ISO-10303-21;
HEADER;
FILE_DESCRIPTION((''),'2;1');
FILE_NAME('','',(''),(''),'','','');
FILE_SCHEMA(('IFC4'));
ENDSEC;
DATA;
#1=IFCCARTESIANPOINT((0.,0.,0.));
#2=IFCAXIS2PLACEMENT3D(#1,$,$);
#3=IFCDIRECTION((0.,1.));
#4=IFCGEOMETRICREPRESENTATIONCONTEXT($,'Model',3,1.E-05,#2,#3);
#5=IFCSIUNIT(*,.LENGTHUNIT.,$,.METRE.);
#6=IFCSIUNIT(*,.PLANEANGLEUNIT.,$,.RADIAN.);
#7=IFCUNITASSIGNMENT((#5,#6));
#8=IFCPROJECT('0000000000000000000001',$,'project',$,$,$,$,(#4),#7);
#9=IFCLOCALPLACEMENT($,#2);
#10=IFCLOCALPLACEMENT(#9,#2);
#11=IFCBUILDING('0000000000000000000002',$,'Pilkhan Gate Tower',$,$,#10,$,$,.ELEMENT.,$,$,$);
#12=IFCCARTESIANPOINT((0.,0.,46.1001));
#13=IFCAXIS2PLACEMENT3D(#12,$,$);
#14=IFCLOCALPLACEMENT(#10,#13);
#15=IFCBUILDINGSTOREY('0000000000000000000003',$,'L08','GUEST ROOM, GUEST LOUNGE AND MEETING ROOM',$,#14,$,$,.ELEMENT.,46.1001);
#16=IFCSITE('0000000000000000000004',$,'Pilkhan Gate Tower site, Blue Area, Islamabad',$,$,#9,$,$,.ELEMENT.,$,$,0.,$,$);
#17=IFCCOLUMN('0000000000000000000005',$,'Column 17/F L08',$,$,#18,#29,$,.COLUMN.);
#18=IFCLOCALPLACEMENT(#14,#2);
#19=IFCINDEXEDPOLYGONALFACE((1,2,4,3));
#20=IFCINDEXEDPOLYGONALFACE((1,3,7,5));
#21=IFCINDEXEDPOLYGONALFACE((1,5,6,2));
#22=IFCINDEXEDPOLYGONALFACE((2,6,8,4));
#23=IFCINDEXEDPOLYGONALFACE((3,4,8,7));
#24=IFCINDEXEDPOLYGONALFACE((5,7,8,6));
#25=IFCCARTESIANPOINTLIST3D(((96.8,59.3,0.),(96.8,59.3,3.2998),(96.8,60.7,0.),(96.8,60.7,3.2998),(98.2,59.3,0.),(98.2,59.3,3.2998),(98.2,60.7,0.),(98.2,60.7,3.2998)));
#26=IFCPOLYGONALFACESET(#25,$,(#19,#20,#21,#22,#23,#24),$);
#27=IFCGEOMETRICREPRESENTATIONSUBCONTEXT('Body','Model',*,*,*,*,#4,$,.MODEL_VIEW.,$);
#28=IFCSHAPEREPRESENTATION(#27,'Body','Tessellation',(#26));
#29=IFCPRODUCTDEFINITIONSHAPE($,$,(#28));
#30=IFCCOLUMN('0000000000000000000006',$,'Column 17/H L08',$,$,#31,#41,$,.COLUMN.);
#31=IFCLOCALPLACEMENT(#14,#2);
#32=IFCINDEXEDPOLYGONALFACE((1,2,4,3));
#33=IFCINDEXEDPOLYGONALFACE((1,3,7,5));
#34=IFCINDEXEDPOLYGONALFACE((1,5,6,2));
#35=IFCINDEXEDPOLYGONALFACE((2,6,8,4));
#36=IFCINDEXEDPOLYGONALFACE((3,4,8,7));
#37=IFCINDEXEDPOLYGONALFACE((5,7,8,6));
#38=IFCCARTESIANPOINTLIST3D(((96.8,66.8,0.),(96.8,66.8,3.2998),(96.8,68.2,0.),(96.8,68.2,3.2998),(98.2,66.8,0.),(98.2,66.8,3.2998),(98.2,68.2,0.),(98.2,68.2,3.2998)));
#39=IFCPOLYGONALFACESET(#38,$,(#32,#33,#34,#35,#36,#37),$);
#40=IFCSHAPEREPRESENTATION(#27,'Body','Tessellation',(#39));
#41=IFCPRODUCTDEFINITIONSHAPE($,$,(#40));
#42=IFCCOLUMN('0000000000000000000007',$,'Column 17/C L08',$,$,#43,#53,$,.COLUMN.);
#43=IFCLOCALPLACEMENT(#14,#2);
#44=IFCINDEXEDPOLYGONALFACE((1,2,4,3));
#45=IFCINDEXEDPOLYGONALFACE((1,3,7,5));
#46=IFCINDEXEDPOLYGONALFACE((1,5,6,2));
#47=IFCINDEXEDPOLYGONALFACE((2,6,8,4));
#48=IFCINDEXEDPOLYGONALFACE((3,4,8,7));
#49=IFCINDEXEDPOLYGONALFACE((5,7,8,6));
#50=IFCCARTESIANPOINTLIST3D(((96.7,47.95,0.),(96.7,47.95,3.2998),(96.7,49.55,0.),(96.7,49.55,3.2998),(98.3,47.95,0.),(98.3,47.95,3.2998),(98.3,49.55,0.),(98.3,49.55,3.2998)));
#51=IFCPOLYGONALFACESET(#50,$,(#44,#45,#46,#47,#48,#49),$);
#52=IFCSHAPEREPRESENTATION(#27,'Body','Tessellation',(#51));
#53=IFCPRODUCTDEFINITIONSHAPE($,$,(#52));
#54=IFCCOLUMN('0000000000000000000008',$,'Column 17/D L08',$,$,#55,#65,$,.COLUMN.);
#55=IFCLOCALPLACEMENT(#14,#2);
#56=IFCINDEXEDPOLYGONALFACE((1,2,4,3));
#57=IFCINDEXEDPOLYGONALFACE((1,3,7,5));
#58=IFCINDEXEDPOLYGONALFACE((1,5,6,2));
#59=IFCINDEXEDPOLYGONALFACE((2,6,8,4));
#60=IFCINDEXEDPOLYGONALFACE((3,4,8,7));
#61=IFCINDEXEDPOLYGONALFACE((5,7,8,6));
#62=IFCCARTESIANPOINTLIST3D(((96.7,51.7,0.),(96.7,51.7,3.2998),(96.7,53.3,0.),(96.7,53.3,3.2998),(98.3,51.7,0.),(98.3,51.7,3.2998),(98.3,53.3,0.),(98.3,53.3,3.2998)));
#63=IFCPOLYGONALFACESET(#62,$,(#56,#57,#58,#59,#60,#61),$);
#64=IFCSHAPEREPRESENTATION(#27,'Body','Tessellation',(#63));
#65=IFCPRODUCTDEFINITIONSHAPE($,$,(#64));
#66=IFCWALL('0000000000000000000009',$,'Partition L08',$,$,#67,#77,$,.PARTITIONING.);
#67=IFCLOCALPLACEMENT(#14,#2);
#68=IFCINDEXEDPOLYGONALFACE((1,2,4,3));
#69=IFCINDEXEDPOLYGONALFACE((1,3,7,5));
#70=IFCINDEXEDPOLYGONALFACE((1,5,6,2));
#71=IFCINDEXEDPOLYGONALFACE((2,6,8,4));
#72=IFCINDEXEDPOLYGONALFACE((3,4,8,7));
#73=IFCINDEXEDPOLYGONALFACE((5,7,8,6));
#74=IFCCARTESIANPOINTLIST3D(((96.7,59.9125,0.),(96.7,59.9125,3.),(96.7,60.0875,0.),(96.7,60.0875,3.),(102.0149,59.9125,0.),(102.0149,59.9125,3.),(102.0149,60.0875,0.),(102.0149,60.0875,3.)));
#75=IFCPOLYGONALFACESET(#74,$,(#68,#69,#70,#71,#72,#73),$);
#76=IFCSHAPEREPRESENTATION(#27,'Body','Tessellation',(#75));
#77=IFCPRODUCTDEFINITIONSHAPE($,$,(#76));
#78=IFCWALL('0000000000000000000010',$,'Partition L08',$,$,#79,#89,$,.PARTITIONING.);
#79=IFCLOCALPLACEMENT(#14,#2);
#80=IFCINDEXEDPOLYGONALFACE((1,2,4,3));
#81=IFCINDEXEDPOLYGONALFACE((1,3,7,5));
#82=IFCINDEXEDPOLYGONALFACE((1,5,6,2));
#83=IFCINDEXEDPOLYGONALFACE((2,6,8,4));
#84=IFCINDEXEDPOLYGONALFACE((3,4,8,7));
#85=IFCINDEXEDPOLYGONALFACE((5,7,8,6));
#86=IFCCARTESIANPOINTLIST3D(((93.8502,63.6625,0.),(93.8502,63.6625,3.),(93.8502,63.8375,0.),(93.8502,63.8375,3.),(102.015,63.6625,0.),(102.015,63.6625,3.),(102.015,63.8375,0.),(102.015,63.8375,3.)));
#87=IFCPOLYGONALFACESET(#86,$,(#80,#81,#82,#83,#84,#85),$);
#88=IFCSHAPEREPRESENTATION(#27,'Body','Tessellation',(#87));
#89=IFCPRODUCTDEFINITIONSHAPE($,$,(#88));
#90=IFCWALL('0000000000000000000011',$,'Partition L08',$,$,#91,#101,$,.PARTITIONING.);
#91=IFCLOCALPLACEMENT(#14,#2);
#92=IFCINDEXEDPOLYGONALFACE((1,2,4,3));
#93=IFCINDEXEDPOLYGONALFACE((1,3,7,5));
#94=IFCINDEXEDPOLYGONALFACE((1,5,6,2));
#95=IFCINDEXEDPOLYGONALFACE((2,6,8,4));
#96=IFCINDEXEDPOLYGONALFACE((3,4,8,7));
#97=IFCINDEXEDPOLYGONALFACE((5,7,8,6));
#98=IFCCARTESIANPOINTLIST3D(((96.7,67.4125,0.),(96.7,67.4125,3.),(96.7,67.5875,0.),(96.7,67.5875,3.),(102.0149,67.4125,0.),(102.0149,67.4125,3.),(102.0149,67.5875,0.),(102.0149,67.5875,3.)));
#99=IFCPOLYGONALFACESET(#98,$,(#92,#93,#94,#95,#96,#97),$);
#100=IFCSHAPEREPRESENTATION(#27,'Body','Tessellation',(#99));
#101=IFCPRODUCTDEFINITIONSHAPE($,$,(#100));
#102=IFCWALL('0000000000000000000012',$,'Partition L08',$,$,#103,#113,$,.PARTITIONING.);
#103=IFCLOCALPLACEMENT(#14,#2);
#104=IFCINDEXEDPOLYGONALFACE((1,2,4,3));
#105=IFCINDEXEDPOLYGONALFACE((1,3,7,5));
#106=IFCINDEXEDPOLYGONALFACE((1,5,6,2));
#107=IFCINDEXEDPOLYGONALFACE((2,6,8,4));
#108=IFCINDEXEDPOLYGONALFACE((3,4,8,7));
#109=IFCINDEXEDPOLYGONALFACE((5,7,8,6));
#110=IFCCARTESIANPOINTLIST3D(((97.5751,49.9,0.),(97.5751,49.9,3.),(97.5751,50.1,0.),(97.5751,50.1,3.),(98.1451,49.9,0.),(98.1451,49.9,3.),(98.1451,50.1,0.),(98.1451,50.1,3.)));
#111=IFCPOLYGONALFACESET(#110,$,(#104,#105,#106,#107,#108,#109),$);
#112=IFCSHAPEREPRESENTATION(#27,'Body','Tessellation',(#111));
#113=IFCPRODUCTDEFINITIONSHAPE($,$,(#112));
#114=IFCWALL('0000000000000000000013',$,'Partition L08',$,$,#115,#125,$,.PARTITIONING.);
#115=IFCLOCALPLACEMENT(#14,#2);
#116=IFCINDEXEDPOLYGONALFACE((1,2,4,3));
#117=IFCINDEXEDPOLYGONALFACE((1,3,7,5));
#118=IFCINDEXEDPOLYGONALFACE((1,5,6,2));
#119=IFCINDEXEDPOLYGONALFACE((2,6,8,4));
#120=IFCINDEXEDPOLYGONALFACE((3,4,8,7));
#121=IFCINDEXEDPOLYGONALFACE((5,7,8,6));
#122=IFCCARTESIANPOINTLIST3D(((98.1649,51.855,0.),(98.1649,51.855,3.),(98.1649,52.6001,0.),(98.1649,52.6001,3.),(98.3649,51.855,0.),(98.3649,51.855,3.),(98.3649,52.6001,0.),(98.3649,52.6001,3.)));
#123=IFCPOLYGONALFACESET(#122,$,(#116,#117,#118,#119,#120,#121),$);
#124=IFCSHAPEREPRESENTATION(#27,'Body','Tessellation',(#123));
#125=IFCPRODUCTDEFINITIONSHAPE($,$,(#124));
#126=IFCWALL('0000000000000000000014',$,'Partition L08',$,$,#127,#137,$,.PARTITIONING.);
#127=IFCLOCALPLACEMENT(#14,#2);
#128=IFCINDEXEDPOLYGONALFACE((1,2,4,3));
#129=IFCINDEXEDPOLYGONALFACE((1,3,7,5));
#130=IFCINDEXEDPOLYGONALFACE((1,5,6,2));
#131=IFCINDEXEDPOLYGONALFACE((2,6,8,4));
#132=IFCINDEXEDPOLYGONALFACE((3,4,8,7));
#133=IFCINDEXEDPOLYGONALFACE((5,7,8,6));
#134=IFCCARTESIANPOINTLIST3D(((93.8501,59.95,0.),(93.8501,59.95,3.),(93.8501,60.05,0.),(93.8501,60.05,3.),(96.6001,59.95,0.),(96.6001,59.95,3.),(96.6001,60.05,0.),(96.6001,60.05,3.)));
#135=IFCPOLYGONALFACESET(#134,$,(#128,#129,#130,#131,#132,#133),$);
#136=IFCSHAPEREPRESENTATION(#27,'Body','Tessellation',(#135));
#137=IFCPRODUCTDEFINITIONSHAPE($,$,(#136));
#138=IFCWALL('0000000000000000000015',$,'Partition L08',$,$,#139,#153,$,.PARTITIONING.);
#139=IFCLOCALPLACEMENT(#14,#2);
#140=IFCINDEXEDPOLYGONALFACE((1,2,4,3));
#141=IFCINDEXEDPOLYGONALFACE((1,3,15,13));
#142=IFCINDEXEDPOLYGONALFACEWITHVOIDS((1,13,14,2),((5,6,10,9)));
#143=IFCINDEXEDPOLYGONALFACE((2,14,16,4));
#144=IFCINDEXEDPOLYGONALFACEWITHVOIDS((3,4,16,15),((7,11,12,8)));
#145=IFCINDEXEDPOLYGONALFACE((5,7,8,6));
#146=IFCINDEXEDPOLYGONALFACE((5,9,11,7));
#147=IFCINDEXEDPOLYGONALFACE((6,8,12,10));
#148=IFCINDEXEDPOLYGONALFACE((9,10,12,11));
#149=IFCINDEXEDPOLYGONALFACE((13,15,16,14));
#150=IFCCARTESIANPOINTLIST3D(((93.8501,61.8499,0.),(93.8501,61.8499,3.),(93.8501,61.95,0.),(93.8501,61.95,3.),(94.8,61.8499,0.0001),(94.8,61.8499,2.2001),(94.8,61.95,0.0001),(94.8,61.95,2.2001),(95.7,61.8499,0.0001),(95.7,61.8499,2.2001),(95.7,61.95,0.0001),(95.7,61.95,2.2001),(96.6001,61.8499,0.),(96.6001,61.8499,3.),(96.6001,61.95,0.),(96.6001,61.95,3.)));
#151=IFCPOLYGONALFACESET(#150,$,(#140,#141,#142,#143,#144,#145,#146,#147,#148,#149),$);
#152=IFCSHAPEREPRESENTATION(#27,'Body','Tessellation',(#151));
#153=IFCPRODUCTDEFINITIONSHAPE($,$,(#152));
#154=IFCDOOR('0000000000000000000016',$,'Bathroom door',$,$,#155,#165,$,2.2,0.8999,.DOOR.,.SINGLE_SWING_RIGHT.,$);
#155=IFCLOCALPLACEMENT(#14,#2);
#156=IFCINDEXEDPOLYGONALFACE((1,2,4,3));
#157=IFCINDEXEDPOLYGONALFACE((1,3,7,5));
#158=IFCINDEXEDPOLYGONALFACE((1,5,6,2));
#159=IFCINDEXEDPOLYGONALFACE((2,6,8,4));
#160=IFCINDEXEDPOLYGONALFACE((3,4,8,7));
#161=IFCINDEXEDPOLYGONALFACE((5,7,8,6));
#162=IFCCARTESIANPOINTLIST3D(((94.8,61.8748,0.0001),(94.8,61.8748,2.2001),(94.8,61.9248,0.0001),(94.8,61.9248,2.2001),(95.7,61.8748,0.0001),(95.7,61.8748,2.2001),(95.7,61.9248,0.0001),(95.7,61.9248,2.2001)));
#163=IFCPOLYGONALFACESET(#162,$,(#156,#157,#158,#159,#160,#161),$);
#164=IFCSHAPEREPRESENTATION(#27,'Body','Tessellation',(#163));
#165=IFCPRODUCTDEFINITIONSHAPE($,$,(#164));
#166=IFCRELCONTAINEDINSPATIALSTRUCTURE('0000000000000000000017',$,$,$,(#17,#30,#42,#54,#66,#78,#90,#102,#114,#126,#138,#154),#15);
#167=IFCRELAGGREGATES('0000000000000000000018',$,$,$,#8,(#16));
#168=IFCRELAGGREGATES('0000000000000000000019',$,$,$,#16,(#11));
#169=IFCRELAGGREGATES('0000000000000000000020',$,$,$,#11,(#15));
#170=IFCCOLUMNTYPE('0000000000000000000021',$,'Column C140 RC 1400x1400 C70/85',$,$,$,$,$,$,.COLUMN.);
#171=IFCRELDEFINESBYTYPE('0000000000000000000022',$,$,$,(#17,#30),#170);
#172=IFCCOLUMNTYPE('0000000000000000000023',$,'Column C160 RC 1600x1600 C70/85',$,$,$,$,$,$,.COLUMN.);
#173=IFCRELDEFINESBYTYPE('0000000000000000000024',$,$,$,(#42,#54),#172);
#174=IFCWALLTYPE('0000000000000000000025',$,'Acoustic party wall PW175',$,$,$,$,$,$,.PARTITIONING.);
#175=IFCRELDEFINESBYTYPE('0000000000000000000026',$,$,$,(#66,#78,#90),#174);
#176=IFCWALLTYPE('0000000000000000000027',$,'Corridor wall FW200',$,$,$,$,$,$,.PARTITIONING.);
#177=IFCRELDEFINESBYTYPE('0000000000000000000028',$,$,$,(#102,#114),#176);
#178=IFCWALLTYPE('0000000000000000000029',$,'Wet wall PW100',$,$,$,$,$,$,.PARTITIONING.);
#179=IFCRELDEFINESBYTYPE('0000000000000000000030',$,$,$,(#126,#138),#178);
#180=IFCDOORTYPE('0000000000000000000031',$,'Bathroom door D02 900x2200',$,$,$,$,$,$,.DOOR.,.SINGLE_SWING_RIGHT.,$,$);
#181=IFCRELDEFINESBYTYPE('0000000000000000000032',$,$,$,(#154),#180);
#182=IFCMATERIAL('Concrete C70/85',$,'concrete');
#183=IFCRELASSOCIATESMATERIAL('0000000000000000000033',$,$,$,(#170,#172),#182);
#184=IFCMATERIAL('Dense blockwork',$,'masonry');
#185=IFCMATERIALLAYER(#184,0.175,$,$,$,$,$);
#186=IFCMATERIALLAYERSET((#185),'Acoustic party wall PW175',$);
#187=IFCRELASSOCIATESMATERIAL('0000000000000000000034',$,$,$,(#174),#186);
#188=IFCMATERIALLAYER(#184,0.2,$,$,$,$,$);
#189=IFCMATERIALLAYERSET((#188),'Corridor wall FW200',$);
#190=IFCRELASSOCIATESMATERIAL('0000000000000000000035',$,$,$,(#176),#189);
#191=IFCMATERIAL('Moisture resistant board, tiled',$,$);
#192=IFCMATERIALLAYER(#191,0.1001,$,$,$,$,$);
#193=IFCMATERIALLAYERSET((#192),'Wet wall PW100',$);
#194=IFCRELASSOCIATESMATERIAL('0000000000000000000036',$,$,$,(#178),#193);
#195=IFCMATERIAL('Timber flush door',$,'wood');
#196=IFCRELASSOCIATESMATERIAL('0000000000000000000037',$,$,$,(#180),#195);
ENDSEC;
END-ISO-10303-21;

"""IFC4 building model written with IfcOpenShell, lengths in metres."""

from ifc_helpers import new_model, si_unit, direction, frame, frame_2d, origin, origin_2d, place, context, subcontext, project, spatial, rectangle, extrude, material, layer, layer_set, material_profile, profile_set, type_object, element, fill, save


model = new_model("IFC4")

# Units and contexts
model_context = context("Model", 3, precision=1e-05, world=origin(), true_north=direction((0.0, 1.0)))
body_context = subcontext(model_context, "Body", "Model", "MODEL_VIEW")
ifc_project = project(units=[si_unit("LENGTHUNIT", "METRE"), si_unit("PLANEANGLEUNIT", "RADIAN")], contexts=[model_context])

# Site, building, storey
site_placement = place(None, origin())
site = spatial("IfcSite", under=ifc_project, at=site_placement, Name="Pilkhan Gate Tower site, Blue Area, Islamabad", CompositionType="ELEMENT", RefElevation=0.0)
building_placement = place(site_placement, origin())
building = spatial("IfcBuilding", under=site, at=building_placement, Name="Pilkhan Gate Tower", CompositionType="ELEMENT")
storey_placement = place(building_placement, frame((0.0, 0.0, 46.1001)))
storey = spatial("IfcBuildingStorey", under=building, at=storey_placement, Name="L08", Description="GUEST ROOM, GUEST LOUNGE AND MEETING ROOM", CompositionType="ELEMENT", Elevation=46.1001)

# Columns
ifc_material_1 = material(Name="Concrete C70/85", Category="concrete")
ifc_material_profile_1 = material_profile(ifc_material_1, rectangle(XDim=1.3999, YDim=1.3999, at=origin_2d()), Name="RC 1400x1400")
ifc_profile_set_1 = profile_set([ifc_material_profile_1], Name="Concrete C70/85")
column_type_1 = type_object("IfcColumnType", Name="Column C140 RC 1400x1400 C70/85", PredefinedType="COLUMN", material=ifc_profile_set_1)
for number, where, z_axis, x_axis, name in (
    (1, (97.5, 60.0, 0.0), (0.0, 0.0, 1.0), (1.0, 0.0, 0.0), "Column 17/F L08"),
    (2, (97.5, 67.5, 0.0), (0.0, 0.0, 1.0), (1.0, 0.0, 0.0), "Column 17/H L08"),
):
    element("IfcColumn", number, at=place(storey_placement, frame(where, z_axis=z_axis, x_axis=x_axis)), inside=storey, type_object=column_type_1, Name=name, PredefinedType="COLUMN", context=body_context, shape_type="SweptSolid", body=[
        extrude(rectangle(XDim=1.3999, YDim=1.3999, at=origin_2d()), origin(), (0.0, 0.0, 1.0), 3.2998),
    ])
ifc_material_profile_2 = material_profile(ifc_material_1, rectangle(XDim=1.6001, YDim=1.6001, at=origin_2d()), Name="RC 1600x1600")
ifc_profile_set_2 = profile_set([ifc_material_profile_2], Name="Concrete C70/85")
column_type_2 = type_object("IfcColumnType", Name="Column C160 RC 1600x1600 C70/85", PredefinedType="COLUMN", material=ifc_profile_set_2)
for number, where, z_axis, x_axis, name in (
    (3, (97.5, 48.75, 0.0), (0.0, 0.0, 1.0), (1.0, 0.0, 0.0), "Column 17/C L08"),
    (4, (97.5, 52.5, 0.0), (0.0, 0.0, 1.0), (1.0, 0.0, 0.0), "Column 17/D L08"),
):
    element("IfcColumn", number, at=place(storey_placement, frame(where, z_axis=z_axis, x_axis=x_axis)), inside=storey, type_object=column_type_2, Name=name, PredefinedType="COLUMN", context=body_context, shape_type="SweptSolid", body=[
        extrude(rectangle(XDim=1.6001, YDim=1.6001, at=origin_2d()), origin(), (0.0, 0.0, 1.0), 3.2998),
    ])

# Walls
ifc_material_2 = material(Name="Dense blockwork", Category="masonry")
ifc_layer_1 = layer(ifc_material_2, 0.175)
ifc_layer_set_1 = layer_set([ifc_layer_1], Name="Acoustic party wall PW175")
wall_type_1 = type_object("IfcWallType", Name="Acoustic party wall PW175", PredefinedType="PARTITIONING", material=ifc_layer_set_1)
wall_1_placement = place(storey_placement, frame((96.7, 60.0, 0.0), z_axis=(0.0, 0.0, 1.0), x_axis=(1.0, 0.0, 0.0)))
element("IfcWall", 5, at=wall_1_placement, inside=storey, type_object=wall_type_1, Name="Partition L08", PredefinedType="PARTITIONING", context=body_context, shape_type="SweptSolid", body=[
    extrude(rectangle(XDim=5.3149, YDim=0.175, at=frame_2d((2.6575, 0.0))), origin(), (0.0, 0.0, 1.0), 3.0),
])
wall_2_placement = place(storey_placement, frame((93.8501, 63.75, 0.0), z_axis=(0.0, 0.0, 1.0), x_axis=(1.0, 0.0, 0.0)))
element("IfcWall", 6, at=wall_2_placement, inside=storey, type_object=wall_type_1, Name="Partition L08", PredefinedType="PARTITIONING", context=body_context, shape_type="SweptSolid", body=[
    extrude(rectangle(XDim=8.1648, YDim=0.175, at=frame_2d((4.0825, 0.0))), origin(), (0.0, 0.0, 1.0), 3.0),
])
wall_3_placement = place(storey_placement, frame((96.7, 67.5, 0.0), z_axis=(0.0, 0.0, 1.0), x_axis=(1.0, 0.0, 0.0)))
element("IfcWall", 7, at=wall_3_placement, inside=storey, type_object=wall_type_1, Name="Partition L08", PredefinedType="PARTITIONING", context=body_context, shape_type="SweptSolid", body=[
    extrude(rectangle(XDim=5.3149, YDim=0.175, at=frame_2d((2.6575, 0.0))), origin(), (0.0, 0.0, 1.0), 3.0),
])
ifc_layer_2 = layer(ifc_material_2, 0.2)
ifc_layer_set_2 = layer_set([ifc_layer_2], Name="Corridor wall FW200")
wall_type_2 = type_object("IfcWallType", Name="Corridor wall FW200", PredefinedType="PARTITIONING", material=ifc_layer_set_2)
wall_4_placement = place(storey_placement, frame((97.575, 50.0, 0.0), z_axis=(0.0, 0.0, 1.0), x_axis=(1.0, 0.0, 0.0)))
element("IfcWall", 8, at=wall_4_placement, inside=storey, type_object=wall_type_2, Name="Partition L08", PredefinedType="PARTITIONING", context=body_context, shape_type="SweptSolid", body=[
    extrude(rectangle(XDim=0.5701, YDim=0.2, at=frame_2d((0.2852, 0.0))), origin(), (0.0, 0.0, 1.0), 3.0),
])
wall_5_placement = place(storey_placement, frame((98.2649, 51.855, 0.0), z_axis=(0.0, 0.0, 1.0), x_axis=(0.0, 1.0, 0.0)))
element("IfcWall", 9, at=wall_5_placement, inside=storey, type_object=wall_type_2, Name="Partition L08", PredefinedType="PARTITIONING", context=body_context, shape_type="SweptSolid", body=[
    extrude(rectangle(XDim=0.7451, YDim=0.2, at=frame_2d((0.3726, 0.0))), origin(), (0.0, 0.0, 1.0), 3.0),
])
ifc_material_3 = material(Name="Moisture resistant board, tiled")
ifc_layer_3 = layer(ifc_material_3, 0.1001)
ifc_layer_set_3 = layer_set([ifc_layer_3], Name="Wet wall PW100")
wall_type_3 = type_object("IfcWallType", Name="Wet wall PW100", PredefinedType="PARTITIONING", material=ifc_layer_set_3)
wall_6_placement = place(storey_placement, frame((93.8501, 60.0, 0.0), z_axis=(0.0, 0.0, 1.0), x_axis=(1.0, 0.0, 0.0)))
element("IfcWall", 10, at=wall_6_placement, inside=storey, type_object=wall_type_3, Name="Partition L08", PredefinedType="PARTITIONING", context=body_context, shape_type="SweptSolid", body=[
    extrude(rectangle(XDim=2.75, YDim=0.1001, at=frame_2d((1.375, 0.0))), origin(), (0.0, 0.0, 1.0), 3.0),
])

# Wall, opening, door
wall_7_placement = place(storey_placement, frame((93.8501, 61.8999, 0.0), z_axis=(0.0, 0.0, 1.0), x_axis=(1.0, 0.0, 0.0)))
wall_7 = element("IfcWall", 11, at=wall_7_placement, inside=storey, type_object=wall_type_3, Name="Partition L08", PredefinedType="PARTITIONING", context=body_context, shape_type="SweptSolid", body=[
    extrude(rectangle(XDim=2.75, YDim=0.1001, at=frame_2d((1.375, 0.0))), origin(), (0.0, 0.0, 1.0), 3.0),
])
opening_1_placement = place(wall_7_placement, frame((0.95, 0.0, 0.0)))
opening_1 = element("IfcOpeningElement", 12, at=opening_1_placement, cuts=wall_7, PredefinedType="OPENING", context=body_context, shape_type="SweptSolid", body=[
    extrude(rectangle(XDim=0.8999, YDim=2.2, at=frame_2d((0.45, 1.1001))), frame((0.0, 0.0601, 0.0), z_axis=(0.0, -1.0, 0.0), x_axis=(1.0, 0.0, 0.0)), (0.0, 0.0, 1.0), 0.1201),
])
ifc_material_4 = material(Name="Timber flush door", Category="wood")
door_type = type_object("IfcDoorType", Name="Bathroom door D02 900x2200", OperationType="SINGLE_SWING_RIGHT", PredefinedType="DOOR", material=ifc_material_4)
door_1_placement = place(opening_1_placement, origin())
door_1 = element("IfcDoor", 13, at=door_1_placement, inside=storey, type_object=door_type, Name="Bathroom door", OperationType="SINGLE_SWING_RIGHT", OverallHeight=2.2, OverallWidth=0.8999, PredefinedType="DOOR", context=body_context, shape_type="SweptSolid", body=[
    extrude(rectangle(XDim=0.8999, YDim=2.2, at=frame_2d((0.45, 1.1001))), frame((0.0, 0.0249, 0.0), z_axis=(0.0, -1.0, 0.0), x_axis=(1.0, 0.0, 0.0)), (0.0, 0.0, 1.0), 0.05),
])
fill(opening_1, door_1)

save(model, "model.ifc")
